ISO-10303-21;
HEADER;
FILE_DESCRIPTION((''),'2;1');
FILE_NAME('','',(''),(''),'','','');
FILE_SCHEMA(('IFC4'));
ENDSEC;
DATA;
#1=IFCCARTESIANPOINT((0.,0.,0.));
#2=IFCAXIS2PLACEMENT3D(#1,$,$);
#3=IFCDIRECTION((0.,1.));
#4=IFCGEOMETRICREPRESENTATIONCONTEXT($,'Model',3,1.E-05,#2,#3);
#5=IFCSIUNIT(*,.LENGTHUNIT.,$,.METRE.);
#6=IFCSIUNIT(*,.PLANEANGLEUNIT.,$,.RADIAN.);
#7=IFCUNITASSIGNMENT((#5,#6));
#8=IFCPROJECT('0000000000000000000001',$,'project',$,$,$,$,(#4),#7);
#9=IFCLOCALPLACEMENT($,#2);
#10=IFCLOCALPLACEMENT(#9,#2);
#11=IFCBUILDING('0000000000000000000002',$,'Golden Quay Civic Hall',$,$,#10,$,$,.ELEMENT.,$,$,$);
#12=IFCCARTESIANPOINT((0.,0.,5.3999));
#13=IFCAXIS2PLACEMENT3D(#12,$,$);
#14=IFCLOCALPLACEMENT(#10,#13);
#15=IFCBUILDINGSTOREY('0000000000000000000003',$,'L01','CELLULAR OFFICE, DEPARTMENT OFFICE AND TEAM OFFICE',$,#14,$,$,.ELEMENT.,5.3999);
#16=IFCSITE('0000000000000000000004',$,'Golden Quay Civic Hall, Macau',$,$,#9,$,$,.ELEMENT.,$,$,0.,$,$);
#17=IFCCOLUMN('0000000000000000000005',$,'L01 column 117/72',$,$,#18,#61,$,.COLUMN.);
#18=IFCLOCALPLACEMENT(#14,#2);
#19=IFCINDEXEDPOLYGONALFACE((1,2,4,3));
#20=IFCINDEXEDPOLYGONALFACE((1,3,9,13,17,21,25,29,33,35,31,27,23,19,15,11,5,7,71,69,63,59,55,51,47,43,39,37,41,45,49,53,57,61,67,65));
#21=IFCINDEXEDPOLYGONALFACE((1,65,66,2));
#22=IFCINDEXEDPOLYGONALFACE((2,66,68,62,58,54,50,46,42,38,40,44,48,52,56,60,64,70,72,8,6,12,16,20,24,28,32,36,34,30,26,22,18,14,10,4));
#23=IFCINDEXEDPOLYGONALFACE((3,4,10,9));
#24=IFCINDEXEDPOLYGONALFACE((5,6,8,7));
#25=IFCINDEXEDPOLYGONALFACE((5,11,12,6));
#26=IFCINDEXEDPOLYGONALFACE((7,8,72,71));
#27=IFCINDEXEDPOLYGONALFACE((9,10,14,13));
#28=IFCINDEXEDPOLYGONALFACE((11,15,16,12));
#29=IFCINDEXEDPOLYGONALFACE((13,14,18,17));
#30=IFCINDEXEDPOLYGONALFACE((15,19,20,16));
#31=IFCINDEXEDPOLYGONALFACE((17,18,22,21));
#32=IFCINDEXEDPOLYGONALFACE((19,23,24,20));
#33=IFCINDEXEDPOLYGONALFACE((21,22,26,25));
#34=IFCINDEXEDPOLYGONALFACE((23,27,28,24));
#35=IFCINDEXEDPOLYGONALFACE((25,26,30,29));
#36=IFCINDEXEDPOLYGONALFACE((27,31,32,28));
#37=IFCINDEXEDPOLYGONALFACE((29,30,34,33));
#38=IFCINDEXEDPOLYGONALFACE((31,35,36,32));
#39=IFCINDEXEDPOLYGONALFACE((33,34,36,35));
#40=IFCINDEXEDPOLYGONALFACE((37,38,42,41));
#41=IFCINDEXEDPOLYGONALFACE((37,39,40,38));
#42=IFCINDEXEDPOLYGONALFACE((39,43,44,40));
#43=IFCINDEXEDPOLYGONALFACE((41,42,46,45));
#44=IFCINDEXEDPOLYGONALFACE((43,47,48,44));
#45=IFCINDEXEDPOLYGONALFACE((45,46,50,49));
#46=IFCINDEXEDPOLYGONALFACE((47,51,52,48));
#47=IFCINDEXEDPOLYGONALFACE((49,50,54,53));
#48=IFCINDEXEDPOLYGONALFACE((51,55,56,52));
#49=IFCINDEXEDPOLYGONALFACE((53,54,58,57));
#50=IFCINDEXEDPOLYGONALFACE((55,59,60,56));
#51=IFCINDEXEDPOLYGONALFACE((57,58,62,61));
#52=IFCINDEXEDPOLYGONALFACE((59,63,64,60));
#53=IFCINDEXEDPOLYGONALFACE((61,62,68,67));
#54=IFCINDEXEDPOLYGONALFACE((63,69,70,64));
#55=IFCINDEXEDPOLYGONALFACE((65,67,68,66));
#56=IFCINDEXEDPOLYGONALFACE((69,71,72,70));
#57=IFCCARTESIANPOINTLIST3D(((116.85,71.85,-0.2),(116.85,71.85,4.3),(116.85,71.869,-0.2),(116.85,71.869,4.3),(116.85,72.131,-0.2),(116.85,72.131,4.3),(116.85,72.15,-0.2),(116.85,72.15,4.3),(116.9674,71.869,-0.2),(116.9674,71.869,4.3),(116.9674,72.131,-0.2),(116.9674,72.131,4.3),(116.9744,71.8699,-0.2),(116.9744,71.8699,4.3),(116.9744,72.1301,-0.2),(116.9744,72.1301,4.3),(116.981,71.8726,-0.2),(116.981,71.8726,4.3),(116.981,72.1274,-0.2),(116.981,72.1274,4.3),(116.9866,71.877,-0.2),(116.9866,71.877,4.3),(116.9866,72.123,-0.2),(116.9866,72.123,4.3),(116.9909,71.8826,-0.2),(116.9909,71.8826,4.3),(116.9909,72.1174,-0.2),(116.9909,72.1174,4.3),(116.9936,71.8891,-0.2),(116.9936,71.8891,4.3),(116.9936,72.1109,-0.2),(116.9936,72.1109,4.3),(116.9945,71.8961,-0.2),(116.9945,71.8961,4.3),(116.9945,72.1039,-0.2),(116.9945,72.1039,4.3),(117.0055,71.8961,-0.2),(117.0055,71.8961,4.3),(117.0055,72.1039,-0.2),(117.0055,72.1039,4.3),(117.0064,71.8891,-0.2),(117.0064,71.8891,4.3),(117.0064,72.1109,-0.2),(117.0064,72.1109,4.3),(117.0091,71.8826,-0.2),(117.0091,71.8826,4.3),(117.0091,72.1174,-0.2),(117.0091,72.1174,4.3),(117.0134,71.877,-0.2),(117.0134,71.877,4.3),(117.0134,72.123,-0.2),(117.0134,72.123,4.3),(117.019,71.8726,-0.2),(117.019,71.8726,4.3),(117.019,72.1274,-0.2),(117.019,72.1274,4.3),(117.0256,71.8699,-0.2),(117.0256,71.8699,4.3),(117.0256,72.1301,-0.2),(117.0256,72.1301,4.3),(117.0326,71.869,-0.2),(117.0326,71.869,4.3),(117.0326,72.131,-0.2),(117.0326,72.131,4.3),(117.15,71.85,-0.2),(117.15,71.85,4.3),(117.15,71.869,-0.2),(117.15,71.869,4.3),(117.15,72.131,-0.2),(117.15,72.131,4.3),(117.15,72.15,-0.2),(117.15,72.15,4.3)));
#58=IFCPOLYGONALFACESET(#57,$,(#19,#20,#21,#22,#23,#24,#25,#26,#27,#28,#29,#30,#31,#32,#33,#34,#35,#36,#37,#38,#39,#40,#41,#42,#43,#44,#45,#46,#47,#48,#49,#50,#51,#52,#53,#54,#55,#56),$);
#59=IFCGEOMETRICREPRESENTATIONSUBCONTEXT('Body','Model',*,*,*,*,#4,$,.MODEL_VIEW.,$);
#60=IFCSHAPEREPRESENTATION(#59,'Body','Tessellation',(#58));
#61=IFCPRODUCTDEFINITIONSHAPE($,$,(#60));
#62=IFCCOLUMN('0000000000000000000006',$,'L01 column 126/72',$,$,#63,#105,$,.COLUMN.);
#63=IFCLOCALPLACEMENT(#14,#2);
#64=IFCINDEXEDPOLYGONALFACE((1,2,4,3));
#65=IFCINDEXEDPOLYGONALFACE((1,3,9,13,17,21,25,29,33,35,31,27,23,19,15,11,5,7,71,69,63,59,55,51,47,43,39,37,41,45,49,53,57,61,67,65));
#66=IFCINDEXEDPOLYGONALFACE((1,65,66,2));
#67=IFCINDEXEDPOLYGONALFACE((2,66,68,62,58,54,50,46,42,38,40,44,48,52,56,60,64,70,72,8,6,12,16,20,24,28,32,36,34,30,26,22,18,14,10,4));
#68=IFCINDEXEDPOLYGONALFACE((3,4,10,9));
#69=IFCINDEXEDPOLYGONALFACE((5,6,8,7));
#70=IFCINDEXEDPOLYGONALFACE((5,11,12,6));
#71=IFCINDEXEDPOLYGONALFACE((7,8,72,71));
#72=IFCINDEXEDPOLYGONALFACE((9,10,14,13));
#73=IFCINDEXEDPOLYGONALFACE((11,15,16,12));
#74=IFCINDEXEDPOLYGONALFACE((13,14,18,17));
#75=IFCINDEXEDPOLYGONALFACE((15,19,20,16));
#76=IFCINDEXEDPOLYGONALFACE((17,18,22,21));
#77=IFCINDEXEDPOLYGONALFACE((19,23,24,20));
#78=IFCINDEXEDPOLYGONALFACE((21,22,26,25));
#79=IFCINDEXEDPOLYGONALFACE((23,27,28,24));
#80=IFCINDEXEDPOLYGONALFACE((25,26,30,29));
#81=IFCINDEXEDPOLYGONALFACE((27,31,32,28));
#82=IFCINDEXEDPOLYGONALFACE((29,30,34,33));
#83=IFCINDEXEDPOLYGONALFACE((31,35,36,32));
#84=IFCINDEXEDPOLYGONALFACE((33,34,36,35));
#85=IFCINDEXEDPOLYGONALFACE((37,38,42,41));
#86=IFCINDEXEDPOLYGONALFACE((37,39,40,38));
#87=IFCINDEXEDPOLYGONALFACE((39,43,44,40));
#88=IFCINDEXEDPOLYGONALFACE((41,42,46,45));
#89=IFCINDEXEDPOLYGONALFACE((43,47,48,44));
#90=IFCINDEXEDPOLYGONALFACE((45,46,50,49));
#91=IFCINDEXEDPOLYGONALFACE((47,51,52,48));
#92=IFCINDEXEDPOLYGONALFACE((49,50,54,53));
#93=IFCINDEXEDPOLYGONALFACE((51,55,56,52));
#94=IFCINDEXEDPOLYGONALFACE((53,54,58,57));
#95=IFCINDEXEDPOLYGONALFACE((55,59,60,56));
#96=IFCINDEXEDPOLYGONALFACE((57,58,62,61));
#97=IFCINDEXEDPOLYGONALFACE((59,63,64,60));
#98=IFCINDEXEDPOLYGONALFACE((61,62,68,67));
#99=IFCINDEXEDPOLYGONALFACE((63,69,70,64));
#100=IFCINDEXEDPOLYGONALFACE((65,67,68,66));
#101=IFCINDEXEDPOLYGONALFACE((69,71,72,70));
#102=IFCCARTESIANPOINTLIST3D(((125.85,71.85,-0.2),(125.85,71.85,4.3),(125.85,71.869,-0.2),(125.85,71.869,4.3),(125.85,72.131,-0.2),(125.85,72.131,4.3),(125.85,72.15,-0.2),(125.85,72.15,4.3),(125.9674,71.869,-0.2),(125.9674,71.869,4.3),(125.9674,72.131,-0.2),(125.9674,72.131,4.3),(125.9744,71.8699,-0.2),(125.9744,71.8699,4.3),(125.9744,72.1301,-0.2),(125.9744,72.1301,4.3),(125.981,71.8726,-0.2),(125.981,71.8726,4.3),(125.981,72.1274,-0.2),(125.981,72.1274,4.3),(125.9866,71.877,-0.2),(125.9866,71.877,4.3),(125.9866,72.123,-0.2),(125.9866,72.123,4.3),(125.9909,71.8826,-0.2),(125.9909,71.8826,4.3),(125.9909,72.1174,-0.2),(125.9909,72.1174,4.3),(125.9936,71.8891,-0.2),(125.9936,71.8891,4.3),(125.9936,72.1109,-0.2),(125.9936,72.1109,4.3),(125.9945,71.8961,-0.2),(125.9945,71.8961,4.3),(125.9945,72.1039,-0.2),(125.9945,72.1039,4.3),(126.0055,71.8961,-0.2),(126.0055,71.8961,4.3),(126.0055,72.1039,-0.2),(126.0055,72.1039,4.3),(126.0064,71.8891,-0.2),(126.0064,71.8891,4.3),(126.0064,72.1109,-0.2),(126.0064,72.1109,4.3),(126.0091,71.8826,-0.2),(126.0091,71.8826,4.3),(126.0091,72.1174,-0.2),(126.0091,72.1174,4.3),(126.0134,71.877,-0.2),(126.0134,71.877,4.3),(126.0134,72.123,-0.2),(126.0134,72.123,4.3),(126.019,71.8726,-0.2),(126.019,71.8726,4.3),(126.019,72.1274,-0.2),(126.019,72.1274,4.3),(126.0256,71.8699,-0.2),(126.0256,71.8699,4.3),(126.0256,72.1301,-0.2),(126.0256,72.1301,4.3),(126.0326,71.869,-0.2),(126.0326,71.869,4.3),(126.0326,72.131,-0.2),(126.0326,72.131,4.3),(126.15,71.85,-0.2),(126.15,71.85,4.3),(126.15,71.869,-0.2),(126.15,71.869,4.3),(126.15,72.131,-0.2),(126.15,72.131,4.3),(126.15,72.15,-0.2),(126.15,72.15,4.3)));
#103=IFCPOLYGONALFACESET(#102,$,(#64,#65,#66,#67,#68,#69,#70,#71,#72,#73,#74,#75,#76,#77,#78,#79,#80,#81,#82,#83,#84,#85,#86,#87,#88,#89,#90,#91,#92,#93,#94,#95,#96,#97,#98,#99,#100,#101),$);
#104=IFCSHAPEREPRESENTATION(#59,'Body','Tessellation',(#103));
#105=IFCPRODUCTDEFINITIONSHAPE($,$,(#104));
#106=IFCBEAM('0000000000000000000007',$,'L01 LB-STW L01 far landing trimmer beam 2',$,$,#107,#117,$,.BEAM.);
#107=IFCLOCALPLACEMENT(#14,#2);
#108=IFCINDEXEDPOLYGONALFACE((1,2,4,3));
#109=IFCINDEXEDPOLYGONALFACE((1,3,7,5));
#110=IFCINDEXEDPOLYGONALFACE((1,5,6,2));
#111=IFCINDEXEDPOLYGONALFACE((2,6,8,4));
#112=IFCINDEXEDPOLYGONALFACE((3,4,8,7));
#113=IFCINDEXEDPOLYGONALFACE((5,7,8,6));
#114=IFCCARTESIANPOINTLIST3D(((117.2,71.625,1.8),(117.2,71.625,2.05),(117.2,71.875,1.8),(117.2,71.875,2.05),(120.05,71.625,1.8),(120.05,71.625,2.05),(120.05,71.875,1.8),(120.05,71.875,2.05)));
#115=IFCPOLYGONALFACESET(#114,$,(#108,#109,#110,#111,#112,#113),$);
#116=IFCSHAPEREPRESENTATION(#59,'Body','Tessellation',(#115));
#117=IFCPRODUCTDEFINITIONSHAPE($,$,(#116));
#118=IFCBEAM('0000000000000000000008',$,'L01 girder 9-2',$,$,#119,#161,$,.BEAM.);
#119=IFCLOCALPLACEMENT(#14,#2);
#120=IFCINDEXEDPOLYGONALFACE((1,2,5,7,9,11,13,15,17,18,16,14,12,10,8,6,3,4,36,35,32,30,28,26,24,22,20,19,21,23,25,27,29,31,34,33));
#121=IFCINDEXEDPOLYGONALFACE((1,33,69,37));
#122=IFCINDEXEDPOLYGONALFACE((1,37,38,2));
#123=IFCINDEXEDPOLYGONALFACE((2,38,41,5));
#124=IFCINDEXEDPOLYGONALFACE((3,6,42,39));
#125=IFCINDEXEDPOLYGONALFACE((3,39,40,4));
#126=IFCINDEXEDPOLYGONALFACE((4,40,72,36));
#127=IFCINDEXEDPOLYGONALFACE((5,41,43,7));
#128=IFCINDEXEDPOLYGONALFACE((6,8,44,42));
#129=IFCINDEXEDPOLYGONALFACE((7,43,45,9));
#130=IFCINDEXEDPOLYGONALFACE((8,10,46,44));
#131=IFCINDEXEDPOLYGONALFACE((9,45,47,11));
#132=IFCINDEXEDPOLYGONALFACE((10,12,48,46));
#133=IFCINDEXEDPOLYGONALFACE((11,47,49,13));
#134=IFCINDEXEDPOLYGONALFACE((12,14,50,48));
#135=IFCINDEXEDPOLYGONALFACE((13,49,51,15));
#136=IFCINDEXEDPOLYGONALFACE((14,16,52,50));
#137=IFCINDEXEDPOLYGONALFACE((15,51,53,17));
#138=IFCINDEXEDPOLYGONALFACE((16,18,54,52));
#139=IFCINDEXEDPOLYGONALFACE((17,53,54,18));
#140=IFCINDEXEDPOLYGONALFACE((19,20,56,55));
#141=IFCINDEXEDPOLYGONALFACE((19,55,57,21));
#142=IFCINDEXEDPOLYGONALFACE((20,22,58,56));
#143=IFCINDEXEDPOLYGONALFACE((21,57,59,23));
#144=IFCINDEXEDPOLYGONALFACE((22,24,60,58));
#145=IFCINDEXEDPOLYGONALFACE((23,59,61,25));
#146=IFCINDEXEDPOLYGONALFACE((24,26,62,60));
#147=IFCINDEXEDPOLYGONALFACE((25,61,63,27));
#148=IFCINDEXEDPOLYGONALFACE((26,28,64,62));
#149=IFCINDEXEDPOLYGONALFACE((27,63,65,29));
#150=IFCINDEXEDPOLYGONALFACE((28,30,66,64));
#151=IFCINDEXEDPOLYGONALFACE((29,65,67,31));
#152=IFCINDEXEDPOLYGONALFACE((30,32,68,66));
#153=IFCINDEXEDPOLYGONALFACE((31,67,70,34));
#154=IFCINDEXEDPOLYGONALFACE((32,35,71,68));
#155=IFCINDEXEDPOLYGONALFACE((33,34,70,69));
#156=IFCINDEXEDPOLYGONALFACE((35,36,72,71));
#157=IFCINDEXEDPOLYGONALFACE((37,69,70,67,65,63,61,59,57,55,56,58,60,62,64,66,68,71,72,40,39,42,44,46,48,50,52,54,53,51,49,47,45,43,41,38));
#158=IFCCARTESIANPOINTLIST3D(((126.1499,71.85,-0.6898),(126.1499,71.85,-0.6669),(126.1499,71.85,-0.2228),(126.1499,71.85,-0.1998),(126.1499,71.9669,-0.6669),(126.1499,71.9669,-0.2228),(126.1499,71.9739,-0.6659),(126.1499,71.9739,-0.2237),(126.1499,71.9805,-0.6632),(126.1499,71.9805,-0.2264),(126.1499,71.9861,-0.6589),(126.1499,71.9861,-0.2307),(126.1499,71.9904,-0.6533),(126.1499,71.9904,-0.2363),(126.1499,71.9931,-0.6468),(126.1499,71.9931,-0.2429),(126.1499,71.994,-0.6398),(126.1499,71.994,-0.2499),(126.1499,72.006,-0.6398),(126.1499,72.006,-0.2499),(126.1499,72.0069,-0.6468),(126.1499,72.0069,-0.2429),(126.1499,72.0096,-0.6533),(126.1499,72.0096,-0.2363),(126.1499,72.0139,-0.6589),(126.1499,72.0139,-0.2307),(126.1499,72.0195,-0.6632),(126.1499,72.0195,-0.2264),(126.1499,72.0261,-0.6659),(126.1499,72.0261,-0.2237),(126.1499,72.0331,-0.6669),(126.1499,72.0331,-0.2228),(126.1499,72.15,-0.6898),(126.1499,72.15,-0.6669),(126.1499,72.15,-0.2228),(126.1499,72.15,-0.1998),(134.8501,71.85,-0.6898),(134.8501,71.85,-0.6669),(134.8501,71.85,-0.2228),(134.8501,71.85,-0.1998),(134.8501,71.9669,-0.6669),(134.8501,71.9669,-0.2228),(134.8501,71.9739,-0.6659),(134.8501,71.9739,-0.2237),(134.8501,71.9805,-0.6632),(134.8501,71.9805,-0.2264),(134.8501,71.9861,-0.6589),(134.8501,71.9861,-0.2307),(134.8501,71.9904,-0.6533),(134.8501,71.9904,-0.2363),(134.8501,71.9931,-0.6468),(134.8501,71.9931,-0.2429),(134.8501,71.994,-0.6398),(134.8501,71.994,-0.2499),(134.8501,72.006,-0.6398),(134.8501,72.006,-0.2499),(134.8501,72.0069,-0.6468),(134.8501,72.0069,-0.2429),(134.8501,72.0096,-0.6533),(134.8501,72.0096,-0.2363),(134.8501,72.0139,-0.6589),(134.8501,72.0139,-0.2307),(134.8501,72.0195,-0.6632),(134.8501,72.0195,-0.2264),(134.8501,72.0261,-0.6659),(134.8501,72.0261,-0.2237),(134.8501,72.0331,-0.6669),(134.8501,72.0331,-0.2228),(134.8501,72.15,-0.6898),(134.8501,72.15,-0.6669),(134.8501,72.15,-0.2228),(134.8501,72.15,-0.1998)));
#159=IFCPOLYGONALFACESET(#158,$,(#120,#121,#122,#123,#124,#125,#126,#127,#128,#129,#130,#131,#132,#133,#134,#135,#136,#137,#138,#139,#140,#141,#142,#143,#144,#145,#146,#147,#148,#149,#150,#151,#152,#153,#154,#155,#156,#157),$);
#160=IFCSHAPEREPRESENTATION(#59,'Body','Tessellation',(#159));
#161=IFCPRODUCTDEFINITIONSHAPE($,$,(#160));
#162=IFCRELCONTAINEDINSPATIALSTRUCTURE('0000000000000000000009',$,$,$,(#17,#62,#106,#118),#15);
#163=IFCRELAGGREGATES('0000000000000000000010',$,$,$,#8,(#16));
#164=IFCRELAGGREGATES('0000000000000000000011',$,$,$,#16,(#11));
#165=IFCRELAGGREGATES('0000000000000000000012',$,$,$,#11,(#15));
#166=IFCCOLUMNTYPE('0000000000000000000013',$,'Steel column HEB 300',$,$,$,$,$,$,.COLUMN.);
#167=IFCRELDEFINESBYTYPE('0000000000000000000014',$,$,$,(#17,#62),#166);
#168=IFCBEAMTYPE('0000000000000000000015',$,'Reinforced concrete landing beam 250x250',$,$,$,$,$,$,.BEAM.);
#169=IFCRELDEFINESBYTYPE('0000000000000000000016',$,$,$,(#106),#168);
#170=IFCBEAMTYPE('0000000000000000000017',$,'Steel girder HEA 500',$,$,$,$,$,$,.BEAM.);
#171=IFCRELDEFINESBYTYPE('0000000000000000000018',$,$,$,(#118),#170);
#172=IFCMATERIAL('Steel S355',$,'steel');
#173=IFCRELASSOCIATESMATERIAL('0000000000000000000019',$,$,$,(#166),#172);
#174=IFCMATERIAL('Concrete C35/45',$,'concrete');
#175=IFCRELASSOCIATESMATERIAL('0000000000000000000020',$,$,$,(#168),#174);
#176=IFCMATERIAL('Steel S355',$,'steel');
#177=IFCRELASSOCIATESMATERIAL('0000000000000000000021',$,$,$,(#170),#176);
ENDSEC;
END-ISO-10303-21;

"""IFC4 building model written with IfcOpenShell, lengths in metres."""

from ifc_helpers import new_model, si_unit, direction, frame, origin, origin_2d, place, context, subcontext, project, spatial, rectangle, i_section, extrude, material, material_profile, profile_set, type_object, element, save


model = new_model("IFC4")

# Units and contexts
model_context = context("Model", 3, precision=1e-05, world=origin(), true_north=direction((0.0, 1.0)))
body_context = subcontext(model_context, "Body", "Model", "MODEL_VIEW")
ifc_project = project(units=[si_unit("LENGTHUNIT", "METRE"), si_unit("PLANEANGLEUNIT", "RADIAN")], contexts=[model_context])

# Site, building, storey
site_placement = place(None, origin())
site = spatial("IfcSite", under=ifc_project, at=site_placement, Name="Golden Quay Civic Hall, Macau", CompositionType="ELEMENT", RefElevation=0.0)
building_placement = place(site_placement, origin())
building = spatial("IfcBuilding", under=site, at=building_placement, Name="Golden Quay Civic Hall", CompositionType="ELEMENT")
storey_placement = place(building_placement, frame((0.0, 0.0, 5.3999)))
storey = spatial("IfcBuildingStorey", under=building, at=storey_placement, Name="L01", Description="CELLULAR OFFICE, DEPARTMENT OFFICE AND TEAM OFFICE", CompositionType="ELEMENT", Elevation=5.3999)

# Columns
ifc_material_1 = material(Name="Steel S355", Category="steel")
ifc_material_profile_1 = material_profile(ifc_material_1, i_section(OverallWidth=0.3, OverallDepth=0.3, WebThickness=0.011, FlangeThickness=0.019, FilletRadius=0.0271, at=origin_2d()), Name="HEB 300")
ifc_profile_set_1 = profile_set([ifc_material_profile_1], Name="Steel S355")
column_type = type_object("IfcColumnType", Name="Steel column HEB 300", PredefinedType="COLUMN", material=ifc_profile_set_1)
for number, where, z_axis, x_axis, name in (
    (1, (117.0, 72.0, -0.2), (0.0, 0.0, 1.0), (1.0, 0.0, 0.0), "L01 column 117/72"),
    (2, (126.0, 72.0, -0.2), (0.0, 0.0, 1.0), (1.0, 0.0, 0.0), "L01 column 126/72"),
):
    element("IfcColumn", number, at=place(storey_placement, frame(where, z_axis=z_axis, x_axis=x_axis)), inside=storey, type_object=column_type, Name=name, PredefinedType="COLUMN", context=body_context, shape_type="SweptSolid", body=[
        extrude(i_section(OverallWidth=0.3, OverallDepth=0.3, WebThickness=0.011, FlangeThickness=0.019, FilletRadius=0.0271, at=origin_2d()), origin(), (0.0, 0.0, 1.0), 4.5),
    ])

# Beams
ifc_material_2 = material(Name="Concrete C35/45", Category="concrete")
ifc_material_profile_2 = material_profile(ifc_material_2, rectangle(XDim=0.25, YDim=0.25, at=origin_2d()), Name="RC 250x250")
ifc_profile_set_2 = profile_set([ifc_material_profile_2], Name="Concrete C35/45")
beam_type_1 = type_object("IfcBeamType", Name="Reinforced concrete landing beam 250x250", PredefinedType="BEAM", material=ifc_profile_set_2)
beam_1_placement = place(storey_placement, frame((120.05, 71.75, 1.925), z_axis=(-1.0, 0.0, 0.0), x_axis=(0.0, -1.0, 0.0)))
element("IfcBeam", 3, at=beam_1_placement, inside=storey, type_object=beam_type_1, Name="L01 LB-STW L01 far landing trimmer beam 2", PredefinedType="BEAM", context=body_context, shape_type="SweptSolid", body=[
    extrude(rectangle(XDim=0.25, YDim=0.25, at=origin_2d()), origin(), (0.0, 0.0, 1.0), 2.8501),
])
ifc_material_3 = material(Name="Steel S355", Category="steel")
ifc_material_profile_3 = material_profile(ifc_material_3, i_section(OverallWidth=0.3, OverallDepth=0.49, WebThickness=0.012, FlangeThickness=0.0229, FilletRadius=0.0271, at=origin_2d()), Name="HEA 500")
ifc_profile_set_3 = profile_set([ifc_material_profile_3], Name="Steel S355")
beam_type_2 = type_object("IfcBeamType", Name="Steel girder HEA 500", PredefinedType="BEAM", material=ifc_profile_set_3)
beam_2_placement = place(storey_placement, frame((126.1499, 72.0, -0.4448), z_axis=(1.0, 0.0, 0.0), x_axis=(0.0, 1.0, 0.0)))
element("IfcBeam", 4, at=beam_2_placement, inside=storey, type_object=beam_type_2, Name="L01 girder 9-2", PredefinedType="BEAM", context=body_context, shape_type="SweptSolid", body=[
    extrude(i_section(OverallWidth=0.3, OverallDepth=0.49, WebThickness=0.012, FlangeThickness=0.0229, FilletRadius=0.0271, at=origin_2d()), origin(), (0.0, 0.0, 1.0), 8.7002),
])

save(model, "model.ifc")
